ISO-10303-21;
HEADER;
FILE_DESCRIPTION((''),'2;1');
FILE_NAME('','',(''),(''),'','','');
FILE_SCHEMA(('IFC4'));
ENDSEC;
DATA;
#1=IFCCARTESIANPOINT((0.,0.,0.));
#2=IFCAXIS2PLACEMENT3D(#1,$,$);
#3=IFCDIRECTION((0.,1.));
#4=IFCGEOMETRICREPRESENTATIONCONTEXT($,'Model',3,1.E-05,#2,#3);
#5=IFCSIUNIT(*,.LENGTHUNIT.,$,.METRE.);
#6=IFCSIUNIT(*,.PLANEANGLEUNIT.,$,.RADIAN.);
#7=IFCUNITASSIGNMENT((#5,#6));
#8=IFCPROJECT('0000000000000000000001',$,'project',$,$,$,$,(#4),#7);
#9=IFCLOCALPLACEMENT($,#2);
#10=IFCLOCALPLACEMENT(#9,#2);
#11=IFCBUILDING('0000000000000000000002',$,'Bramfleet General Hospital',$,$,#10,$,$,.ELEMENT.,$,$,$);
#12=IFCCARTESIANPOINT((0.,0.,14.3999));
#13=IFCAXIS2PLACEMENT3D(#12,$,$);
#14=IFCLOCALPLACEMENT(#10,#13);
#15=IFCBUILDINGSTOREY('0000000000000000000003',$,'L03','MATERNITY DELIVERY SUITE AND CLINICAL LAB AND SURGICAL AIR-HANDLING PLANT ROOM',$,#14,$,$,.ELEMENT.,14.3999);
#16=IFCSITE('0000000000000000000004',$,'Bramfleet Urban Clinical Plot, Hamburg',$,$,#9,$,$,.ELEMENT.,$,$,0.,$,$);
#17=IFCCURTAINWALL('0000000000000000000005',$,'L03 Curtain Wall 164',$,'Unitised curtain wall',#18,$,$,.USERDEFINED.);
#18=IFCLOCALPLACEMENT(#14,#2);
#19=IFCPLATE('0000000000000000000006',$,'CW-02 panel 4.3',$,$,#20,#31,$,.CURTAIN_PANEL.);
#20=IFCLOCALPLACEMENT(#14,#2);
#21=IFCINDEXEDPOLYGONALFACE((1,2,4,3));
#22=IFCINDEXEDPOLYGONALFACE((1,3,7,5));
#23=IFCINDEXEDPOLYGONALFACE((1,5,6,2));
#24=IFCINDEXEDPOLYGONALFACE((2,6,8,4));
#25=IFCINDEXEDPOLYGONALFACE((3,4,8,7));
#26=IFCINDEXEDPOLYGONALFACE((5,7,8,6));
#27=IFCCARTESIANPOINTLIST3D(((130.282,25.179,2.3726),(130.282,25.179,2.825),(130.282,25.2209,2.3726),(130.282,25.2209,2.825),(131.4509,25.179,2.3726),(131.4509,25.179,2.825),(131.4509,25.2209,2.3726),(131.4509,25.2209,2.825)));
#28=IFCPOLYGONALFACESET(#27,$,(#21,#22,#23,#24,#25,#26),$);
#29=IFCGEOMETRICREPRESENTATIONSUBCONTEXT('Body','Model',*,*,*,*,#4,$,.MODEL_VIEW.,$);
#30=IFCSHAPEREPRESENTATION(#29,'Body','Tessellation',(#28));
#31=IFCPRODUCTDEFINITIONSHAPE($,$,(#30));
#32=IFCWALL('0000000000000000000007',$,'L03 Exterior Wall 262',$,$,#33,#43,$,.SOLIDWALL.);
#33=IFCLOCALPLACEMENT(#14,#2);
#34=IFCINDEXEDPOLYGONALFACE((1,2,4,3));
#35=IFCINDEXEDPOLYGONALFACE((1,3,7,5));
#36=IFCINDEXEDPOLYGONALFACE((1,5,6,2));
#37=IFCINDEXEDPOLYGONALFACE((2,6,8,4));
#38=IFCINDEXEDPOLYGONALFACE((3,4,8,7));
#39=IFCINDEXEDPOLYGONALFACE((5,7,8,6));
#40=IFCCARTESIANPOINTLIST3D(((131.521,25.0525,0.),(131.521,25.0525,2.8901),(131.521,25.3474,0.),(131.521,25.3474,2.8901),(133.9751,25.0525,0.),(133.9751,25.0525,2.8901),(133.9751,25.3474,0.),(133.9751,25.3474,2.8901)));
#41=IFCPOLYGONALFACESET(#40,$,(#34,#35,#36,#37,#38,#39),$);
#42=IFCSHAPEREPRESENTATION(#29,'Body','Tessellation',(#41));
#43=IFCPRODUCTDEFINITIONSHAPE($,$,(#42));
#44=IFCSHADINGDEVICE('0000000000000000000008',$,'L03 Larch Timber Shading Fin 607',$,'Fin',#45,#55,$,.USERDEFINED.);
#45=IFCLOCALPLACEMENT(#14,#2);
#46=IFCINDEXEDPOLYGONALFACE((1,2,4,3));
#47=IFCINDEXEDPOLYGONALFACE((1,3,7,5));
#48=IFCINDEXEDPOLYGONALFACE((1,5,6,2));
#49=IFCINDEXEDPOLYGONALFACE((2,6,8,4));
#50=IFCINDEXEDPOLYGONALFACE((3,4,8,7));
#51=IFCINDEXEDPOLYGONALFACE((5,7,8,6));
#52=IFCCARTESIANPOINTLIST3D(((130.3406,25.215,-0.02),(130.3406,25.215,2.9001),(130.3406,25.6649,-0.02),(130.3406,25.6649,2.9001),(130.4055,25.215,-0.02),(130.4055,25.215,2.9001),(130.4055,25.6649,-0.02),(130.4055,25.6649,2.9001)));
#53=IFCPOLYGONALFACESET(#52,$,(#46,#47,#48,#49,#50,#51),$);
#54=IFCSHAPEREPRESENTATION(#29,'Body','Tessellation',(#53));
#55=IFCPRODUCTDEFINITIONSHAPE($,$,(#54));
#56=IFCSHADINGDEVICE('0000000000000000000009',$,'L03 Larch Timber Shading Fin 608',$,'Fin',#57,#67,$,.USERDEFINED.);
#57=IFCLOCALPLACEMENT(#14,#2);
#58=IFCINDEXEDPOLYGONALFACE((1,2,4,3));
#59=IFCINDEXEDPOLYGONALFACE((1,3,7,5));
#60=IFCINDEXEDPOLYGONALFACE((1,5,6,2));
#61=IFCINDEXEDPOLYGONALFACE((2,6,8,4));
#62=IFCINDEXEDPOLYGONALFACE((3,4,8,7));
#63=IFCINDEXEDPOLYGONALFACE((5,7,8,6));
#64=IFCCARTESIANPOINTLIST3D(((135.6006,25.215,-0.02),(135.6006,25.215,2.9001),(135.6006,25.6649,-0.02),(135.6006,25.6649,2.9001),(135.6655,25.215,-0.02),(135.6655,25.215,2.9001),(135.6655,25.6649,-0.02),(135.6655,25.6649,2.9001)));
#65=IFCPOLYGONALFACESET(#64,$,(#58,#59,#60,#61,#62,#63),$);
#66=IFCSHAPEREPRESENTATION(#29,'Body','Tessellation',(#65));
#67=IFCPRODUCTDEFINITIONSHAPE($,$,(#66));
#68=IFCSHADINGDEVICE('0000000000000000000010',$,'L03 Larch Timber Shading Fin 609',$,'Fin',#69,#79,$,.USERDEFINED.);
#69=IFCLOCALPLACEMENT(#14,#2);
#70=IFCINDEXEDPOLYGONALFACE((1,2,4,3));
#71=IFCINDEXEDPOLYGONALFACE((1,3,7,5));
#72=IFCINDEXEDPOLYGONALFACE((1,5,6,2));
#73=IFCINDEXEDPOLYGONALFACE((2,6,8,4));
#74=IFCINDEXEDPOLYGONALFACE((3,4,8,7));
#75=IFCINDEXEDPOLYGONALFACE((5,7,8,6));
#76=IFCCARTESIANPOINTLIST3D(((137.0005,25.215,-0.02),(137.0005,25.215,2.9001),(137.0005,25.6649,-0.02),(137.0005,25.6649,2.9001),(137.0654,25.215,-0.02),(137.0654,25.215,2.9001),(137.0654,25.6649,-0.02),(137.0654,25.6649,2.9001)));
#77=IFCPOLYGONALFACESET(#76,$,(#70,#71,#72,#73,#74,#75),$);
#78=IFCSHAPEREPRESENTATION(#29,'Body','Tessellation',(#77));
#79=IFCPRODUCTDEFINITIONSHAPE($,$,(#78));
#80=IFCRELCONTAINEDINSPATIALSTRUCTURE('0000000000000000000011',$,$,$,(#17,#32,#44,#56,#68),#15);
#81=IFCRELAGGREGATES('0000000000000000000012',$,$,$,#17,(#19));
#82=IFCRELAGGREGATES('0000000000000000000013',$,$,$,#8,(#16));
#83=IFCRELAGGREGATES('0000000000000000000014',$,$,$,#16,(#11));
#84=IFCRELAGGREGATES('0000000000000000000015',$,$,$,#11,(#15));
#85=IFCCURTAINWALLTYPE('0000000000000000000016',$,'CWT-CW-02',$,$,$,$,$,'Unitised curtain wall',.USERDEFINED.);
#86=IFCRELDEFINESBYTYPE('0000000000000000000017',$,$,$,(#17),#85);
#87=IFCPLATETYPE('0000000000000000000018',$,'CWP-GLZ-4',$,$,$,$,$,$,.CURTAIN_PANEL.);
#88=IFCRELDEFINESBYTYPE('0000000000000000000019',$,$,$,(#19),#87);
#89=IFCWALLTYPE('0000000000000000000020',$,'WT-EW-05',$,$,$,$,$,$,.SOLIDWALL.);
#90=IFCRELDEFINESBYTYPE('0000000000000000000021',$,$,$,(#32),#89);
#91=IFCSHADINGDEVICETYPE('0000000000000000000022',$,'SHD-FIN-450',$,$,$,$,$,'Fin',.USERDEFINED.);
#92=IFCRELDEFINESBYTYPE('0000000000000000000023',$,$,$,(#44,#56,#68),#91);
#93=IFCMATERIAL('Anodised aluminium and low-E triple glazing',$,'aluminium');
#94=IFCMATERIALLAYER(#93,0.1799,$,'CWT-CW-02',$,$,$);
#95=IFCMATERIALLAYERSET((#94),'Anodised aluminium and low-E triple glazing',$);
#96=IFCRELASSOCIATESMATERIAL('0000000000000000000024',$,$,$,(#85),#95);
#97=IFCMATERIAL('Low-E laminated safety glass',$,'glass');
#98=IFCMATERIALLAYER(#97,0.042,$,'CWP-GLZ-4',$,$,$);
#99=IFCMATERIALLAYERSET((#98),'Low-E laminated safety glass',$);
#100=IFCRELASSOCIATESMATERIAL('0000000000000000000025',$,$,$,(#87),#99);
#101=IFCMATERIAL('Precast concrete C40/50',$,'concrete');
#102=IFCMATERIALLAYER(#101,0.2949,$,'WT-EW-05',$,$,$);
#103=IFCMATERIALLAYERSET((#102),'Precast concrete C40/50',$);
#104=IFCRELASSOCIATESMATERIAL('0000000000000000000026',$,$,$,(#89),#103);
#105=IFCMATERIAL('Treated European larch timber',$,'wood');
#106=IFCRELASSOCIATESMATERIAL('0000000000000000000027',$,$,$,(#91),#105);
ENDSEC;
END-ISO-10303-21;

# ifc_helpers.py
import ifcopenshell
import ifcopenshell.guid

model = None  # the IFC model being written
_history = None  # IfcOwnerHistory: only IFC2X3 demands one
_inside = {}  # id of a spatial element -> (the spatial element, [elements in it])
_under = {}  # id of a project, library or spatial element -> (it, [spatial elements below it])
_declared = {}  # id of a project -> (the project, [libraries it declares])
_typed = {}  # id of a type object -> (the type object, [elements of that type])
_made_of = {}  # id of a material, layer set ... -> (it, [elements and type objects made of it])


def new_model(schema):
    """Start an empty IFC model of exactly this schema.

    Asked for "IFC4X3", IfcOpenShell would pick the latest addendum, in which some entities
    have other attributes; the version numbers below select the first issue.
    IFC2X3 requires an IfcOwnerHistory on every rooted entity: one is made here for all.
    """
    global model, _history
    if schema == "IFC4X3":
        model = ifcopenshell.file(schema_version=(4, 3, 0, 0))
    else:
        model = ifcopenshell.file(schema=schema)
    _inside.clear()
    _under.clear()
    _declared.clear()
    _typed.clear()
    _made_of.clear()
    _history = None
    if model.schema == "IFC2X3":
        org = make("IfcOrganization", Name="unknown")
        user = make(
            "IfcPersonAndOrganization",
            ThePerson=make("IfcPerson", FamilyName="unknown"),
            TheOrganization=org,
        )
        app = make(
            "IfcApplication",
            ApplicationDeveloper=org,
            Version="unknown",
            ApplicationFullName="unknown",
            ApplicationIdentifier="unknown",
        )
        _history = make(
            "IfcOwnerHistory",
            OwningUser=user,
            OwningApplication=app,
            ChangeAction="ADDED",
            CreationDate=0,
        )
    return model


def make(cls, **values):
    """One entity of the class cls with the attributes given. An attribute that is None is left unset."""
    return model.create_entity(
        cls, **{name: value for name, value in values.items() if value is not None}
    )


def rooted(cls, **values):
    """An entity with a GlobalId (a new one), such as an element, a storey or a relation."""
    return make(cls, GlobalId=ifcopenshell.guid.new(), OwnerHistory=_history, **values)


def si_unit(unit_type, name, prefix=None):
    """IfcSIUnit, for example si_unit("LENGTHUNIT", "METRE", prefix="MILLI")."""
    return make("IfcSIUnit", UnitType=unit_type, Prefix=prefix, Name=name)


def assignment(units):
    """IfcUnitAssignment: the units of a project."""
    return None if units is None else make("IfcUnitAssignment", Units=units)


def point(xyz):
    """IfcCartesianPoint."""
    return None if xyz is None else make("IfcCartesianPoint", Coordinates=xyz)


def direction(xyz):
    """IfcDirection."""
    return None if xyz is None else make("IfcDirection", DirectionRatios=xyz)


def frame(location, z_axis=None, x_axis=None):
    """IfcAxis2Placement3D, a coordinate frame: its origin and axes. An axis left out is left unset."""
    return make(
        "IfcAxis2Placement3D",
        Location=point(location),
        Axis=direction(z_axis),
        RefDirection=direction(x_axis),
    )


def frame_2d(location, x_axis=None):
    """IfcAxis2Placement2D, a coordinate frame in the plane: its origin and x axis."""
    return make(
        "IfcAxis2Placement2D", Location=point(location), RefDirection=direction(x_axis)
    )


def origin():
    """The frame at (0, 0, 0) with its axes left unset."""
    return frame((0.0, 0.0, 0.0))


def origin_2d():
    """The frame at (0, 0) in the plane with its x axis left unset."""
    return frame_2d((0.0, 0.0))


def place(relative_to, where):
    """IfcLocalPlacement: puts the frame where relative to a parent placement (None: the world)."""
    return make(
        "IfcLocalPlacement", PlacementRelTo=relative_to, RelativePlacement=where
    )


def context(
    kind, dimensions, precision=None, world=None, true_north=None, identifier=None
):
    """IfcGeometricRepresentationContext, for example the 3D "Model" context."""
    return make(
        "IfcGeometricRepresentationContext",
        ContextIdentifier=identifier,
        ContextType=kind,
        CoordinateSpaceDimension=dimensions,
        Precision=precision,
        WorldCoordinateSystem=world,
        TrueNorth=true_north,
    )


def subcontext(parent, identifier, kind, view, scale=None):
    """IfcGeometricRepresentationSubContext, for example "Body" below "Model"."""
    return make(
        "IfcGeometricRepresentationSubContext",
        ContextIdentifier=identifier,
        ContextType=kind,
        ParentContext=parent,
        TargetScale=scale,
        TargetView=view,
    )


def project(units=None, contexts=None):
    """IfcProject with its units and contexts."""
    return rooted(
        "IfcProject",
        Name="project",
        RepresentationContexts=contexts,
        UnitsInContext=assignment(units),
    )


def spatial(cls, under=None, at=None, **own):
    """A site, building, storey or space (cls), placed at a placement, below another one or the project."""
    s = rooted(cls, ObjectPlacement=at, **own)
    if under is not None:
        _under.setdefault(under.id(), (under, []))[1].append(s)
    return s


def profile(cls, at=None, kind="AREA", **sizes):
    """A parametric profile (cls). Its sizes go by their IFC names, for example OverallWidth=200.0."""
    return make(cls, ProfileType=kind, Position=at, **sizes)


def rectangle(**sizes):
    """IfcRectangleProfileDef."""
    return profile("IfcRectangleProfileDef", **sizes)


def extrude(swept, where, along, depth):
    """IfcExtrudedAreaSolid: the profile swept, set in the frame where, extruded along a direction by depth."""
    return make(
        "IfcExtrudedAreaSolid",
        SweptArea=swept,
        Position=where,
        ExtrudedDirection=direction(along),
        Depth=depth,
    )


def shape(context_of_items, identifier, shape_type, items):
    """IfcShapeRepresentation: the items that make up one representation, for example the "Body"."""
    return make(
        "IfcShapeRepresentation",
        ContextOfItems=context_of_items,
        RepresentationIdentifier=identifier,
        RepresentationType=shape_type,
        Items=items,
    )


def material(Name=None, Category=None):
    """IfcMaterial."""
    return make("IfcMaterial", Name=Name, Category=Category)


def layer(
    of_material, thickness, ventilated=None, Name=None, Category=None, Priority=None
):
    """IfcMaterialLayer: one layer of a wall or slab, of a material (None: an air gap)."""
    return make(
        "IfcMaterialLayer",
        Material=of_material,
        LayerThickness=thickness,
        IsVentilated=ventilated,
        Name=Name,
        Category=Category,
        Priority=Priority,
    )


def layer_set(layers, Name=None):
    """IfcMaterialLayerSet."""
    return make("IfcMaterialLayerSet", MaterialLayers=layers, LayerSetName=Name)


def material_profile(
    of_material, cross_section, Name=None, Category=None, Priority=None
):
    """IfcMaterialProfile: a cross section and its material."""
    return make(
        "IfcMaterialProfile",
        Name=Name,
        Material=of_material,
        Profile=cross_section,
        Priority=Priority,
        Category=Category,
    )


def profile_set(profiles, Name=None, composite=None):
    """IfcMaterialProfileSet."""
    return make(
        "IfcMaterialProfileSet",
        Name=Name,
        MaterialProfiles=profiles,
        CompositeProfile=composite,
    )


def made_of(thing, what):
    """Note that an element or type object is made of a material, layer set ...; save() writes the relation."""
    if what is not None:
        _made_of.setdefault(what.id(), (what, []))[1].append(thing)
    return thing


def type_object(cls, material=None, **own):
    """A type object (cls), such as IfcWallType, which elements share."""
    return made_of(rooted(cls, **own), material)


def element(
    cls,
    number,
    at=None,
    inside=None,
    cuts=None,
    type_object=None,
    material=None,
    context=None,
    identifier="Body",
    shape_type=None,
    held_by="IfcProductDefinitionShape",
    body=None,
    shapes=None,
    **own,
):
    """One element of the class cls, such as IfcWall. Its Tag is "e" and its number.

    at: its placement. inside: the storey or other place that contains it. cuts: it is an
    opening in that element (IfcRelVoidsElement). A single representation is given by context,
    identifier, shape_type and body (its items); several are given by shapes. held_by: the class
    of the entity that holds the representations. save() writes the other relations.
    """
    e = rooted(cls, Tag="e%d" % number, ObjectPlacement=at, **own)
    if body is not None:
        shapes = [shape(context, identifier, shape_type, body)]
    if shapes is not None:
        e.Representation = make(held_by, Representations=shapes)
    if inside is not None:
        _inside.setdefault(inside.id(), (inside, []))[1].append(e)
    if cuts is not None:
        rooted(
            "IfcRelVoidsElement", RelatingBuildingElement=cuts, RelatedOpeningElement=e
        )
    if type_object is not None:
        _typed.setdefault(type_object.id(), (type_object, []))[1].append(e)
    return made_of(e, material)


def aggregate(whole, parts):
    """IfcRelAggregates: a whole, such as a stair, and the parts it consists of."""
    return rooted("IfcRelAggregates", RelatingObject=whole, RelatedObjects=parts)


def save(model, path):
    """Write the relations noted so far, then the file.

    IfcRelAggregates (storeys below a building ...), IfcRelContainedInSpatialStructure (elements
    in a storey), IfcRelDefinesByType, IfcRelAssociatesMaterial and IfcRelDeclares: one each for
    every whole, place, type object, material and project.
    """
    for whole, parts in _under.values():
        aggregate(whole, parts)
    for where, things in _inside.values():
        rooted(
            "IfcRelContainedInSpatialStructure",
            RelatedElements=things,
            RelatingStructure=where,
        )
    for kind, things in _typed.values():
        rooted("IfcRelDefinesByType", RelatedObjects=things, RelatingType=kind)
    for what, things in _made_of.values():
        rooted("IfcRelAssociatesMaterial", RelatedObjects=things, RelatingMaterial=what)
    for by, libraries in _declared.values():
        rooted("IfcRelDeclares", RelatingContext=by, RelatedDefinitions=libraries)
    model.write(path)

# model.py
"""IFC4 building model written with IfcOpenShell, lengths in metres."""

from ifc_helpers import new_model, si_unit, direction, frame, frame_2d, origin, origin_2d, place, context, subcontext, project, spatial, rectangle, extrude, material, layer, layer_set, material_profile, profile_set, type_object, element, aggregate, save


model = new_model("IFC4")

# Units and contexts
model_context = context("Model", 3, precision=1e-05, world=origin(), true_north=direction((0.0, 1.0)))
body_context = subcontext(model_context, "Body", "Model", "MODEL_VIEW")
ifc_project = project(units=[si_unit("LENGTHUNIT", "METRE"), si_unit("PLANEANGLEUNIT", "RADIAN")], contexts=[model_context])

# Site, building, storey
site_placement = place(None, origin())
site = spatial("IfcSite", under=ifc_project, at=site_placement, Name="Bramfleet Urban Clinical Plot, Hamburg", CompositionType="ELEMENT", RefElevation=0.0)
building_placement = place(site_placement, origin())
building = spatial("IfcBuilding", under=site, at=building_placement, Name="Bramfleet General Hospital", CompositionType="ELEMENT")
storey_placement = place(building_placement, frame((0.0, 0.0, 14.3999)))
storey = spatial("IfcBuildingStorey", under=building, at=storey_placement, Name="L03", Description="MATERNITY DELIVERY SUITE AND CLINICAL LAB AND SURGICAL AIR-HANDLING PLANT ROOM", CompositionType="ELEMENT", Elevation=14.3999)

# Curtain wall
ifc_material_1 = material(Name="Anodised aluminium and low-E triple glazing", Category="aluminium")
ifc_layer_1 = layer(ifc_material_1, 0.1799, Name="CWT-CW-02")
ifc_layer_set_1 = layer_set([ifc_layer_1], Name="Anodised aluminium and low-E triple glazing")
curtain_wall_type_1 = type_object("IfcCurtainWallType", Name="CWT-CW-02", ElementType="Unitised curtain wall", PredefinedType="USERDEFINED", material=ifc_layer_set_1)
curtain_wall_1_placement = place(storey_placement, origin())
curtain_wall_1 = element("IfcCurtainWall", 1, at=curtain_wall_1_placement, inside=storey, type_object=curtain_wall_type_1, Name="L03 Curtain Wall 164", ObjectType="Unitised curtain wall", PredefinedType="USERDEFINED")

# Plate
ifc_material_2 = material(Name="Low-E laminated safety glass", Category="glass")
ifc_layer_2 = layer(ifc_material_2, 0.042, Name="CWP-GLZ-4")
ifc_layer_set_2 = layer_set([ifc_layer_2], Name="Low-E laminated safety glass")
plate_type_1 = type_object("IfcPlateType", Name="CWP-GLZ-4", PredefinedType="CURTAIN_PANEL", material=ifc_layer_set_2)
plate_1_placement = place(storey_placement, frame((130.8665, 25.2, 2.3726), z_axis=(0.0, 0.0, 1.0), x_axis=(1.0, 0.0, 0.0)))
plate_1 = element("IfcPlate", 2, at=plate_1_placement, type_object=plate_type_1, Name="CW-02 panel 4.3", PredefinedType="CURTAIN_PANEL", context=body_context, shape_type="SweptSolid", body=[
    extrude(rectangle(XDim=1.1689, YDim=0.042, at=origin_2d()), origin(), (0.0, 0.0, 1.0), 0.4524),
])
aggregate(curtain_wall_1, [plate_1])

# Wall
ifc_material_3 = material(Name="Precast concrete C40/50", Category="concrete")
ifc_layer_3 = layer(ifc_material_3, 0.2949, Name="WT-EW-05")
ifc_layer_set_3 = layer_set([ifc_layer_3], Name="Precast concrete C40/50")
wall_type = type_object("IfcWallType", Name="WT-EW-05", PredefinedType="SOLIDWALL", material=ifc_layer_set_3)
wall_placement = place(storey_placement, frame((131.521, 25.2, 0.0), z_axis=(0.0, 0.0, 1.0), x_axis=(1.0, 0.0, 0.0)))
element("IfcWall", 3, at=wall_placement, inside=storey, type_object=wall_type, Name="L03 Exterior Wall 262", PredefinedType="SOLIDWALL", context=body_context, shape_type="SweptSolid", body=[
    extrude(rectangle(XDim=2.4541, YDim=0.2949, at=frame_2d((1.2271, 0.0))), origin(), (0.0, 0.0, 1.0), 2.8901),
])

# Shading devices
ifc_material_4 = material(Name="Treated European larch timber", Category="wood")
ifc_material_profile_1 = material_profile(ifc_material_4, rectangle(XDim=0.0649, YDim=0.45, at=origin_2d()), Name="LARCH FIN 450x65")
ifc_profile_set_1 = profile_set([ifc_material_profile_1], Name="Treated European larch timber")
shading_device_type = type_object("IfcShadingDeviceType", Name="SHD-FIN-450", ElementType="Fin", PredefinedType="USERDEFINED", material=ifc_profile_set_1)
for number, where, z_axis, x_axis, name in (
    (4, (130.373, 25.4399, -0.02), (0.0, 0.0, 1.0), (1.0, 0.0, 0.0), "L03 Larch Timber Shading Fin 607"),
    (5, (135.6331, 25.4399, -0.02), (0.0, 0.0, 1.0), (1.0, 0.0, 0.0), "L03 Larch Timber Shading Fin 608"),
    (6, (137.033, 25.4399, -0.02), (0.0, 0.0, 1.0), (1.0, 0.0, 0.0), "L03 Larch Timber Shading Fin 609"),
):
    element("IfcShadingDevice", number, at=place(storey_placement, frame(where, z_axis=z_axis, x_axis=x_axis)), inside=storey, type_object=shading_device_type, Name=name, ObjectType="Fin", PredefinedType="USERDEFINED", context=body_context, shape_type="SweptSolid", body=[
        extrude(rectangle(XDim=0.0649, YDim=0.45, at=origin_2d()), origin(), (0.0, 0.0, 1.0), 2.9202),
    ])

save(model, "model.ifc")
